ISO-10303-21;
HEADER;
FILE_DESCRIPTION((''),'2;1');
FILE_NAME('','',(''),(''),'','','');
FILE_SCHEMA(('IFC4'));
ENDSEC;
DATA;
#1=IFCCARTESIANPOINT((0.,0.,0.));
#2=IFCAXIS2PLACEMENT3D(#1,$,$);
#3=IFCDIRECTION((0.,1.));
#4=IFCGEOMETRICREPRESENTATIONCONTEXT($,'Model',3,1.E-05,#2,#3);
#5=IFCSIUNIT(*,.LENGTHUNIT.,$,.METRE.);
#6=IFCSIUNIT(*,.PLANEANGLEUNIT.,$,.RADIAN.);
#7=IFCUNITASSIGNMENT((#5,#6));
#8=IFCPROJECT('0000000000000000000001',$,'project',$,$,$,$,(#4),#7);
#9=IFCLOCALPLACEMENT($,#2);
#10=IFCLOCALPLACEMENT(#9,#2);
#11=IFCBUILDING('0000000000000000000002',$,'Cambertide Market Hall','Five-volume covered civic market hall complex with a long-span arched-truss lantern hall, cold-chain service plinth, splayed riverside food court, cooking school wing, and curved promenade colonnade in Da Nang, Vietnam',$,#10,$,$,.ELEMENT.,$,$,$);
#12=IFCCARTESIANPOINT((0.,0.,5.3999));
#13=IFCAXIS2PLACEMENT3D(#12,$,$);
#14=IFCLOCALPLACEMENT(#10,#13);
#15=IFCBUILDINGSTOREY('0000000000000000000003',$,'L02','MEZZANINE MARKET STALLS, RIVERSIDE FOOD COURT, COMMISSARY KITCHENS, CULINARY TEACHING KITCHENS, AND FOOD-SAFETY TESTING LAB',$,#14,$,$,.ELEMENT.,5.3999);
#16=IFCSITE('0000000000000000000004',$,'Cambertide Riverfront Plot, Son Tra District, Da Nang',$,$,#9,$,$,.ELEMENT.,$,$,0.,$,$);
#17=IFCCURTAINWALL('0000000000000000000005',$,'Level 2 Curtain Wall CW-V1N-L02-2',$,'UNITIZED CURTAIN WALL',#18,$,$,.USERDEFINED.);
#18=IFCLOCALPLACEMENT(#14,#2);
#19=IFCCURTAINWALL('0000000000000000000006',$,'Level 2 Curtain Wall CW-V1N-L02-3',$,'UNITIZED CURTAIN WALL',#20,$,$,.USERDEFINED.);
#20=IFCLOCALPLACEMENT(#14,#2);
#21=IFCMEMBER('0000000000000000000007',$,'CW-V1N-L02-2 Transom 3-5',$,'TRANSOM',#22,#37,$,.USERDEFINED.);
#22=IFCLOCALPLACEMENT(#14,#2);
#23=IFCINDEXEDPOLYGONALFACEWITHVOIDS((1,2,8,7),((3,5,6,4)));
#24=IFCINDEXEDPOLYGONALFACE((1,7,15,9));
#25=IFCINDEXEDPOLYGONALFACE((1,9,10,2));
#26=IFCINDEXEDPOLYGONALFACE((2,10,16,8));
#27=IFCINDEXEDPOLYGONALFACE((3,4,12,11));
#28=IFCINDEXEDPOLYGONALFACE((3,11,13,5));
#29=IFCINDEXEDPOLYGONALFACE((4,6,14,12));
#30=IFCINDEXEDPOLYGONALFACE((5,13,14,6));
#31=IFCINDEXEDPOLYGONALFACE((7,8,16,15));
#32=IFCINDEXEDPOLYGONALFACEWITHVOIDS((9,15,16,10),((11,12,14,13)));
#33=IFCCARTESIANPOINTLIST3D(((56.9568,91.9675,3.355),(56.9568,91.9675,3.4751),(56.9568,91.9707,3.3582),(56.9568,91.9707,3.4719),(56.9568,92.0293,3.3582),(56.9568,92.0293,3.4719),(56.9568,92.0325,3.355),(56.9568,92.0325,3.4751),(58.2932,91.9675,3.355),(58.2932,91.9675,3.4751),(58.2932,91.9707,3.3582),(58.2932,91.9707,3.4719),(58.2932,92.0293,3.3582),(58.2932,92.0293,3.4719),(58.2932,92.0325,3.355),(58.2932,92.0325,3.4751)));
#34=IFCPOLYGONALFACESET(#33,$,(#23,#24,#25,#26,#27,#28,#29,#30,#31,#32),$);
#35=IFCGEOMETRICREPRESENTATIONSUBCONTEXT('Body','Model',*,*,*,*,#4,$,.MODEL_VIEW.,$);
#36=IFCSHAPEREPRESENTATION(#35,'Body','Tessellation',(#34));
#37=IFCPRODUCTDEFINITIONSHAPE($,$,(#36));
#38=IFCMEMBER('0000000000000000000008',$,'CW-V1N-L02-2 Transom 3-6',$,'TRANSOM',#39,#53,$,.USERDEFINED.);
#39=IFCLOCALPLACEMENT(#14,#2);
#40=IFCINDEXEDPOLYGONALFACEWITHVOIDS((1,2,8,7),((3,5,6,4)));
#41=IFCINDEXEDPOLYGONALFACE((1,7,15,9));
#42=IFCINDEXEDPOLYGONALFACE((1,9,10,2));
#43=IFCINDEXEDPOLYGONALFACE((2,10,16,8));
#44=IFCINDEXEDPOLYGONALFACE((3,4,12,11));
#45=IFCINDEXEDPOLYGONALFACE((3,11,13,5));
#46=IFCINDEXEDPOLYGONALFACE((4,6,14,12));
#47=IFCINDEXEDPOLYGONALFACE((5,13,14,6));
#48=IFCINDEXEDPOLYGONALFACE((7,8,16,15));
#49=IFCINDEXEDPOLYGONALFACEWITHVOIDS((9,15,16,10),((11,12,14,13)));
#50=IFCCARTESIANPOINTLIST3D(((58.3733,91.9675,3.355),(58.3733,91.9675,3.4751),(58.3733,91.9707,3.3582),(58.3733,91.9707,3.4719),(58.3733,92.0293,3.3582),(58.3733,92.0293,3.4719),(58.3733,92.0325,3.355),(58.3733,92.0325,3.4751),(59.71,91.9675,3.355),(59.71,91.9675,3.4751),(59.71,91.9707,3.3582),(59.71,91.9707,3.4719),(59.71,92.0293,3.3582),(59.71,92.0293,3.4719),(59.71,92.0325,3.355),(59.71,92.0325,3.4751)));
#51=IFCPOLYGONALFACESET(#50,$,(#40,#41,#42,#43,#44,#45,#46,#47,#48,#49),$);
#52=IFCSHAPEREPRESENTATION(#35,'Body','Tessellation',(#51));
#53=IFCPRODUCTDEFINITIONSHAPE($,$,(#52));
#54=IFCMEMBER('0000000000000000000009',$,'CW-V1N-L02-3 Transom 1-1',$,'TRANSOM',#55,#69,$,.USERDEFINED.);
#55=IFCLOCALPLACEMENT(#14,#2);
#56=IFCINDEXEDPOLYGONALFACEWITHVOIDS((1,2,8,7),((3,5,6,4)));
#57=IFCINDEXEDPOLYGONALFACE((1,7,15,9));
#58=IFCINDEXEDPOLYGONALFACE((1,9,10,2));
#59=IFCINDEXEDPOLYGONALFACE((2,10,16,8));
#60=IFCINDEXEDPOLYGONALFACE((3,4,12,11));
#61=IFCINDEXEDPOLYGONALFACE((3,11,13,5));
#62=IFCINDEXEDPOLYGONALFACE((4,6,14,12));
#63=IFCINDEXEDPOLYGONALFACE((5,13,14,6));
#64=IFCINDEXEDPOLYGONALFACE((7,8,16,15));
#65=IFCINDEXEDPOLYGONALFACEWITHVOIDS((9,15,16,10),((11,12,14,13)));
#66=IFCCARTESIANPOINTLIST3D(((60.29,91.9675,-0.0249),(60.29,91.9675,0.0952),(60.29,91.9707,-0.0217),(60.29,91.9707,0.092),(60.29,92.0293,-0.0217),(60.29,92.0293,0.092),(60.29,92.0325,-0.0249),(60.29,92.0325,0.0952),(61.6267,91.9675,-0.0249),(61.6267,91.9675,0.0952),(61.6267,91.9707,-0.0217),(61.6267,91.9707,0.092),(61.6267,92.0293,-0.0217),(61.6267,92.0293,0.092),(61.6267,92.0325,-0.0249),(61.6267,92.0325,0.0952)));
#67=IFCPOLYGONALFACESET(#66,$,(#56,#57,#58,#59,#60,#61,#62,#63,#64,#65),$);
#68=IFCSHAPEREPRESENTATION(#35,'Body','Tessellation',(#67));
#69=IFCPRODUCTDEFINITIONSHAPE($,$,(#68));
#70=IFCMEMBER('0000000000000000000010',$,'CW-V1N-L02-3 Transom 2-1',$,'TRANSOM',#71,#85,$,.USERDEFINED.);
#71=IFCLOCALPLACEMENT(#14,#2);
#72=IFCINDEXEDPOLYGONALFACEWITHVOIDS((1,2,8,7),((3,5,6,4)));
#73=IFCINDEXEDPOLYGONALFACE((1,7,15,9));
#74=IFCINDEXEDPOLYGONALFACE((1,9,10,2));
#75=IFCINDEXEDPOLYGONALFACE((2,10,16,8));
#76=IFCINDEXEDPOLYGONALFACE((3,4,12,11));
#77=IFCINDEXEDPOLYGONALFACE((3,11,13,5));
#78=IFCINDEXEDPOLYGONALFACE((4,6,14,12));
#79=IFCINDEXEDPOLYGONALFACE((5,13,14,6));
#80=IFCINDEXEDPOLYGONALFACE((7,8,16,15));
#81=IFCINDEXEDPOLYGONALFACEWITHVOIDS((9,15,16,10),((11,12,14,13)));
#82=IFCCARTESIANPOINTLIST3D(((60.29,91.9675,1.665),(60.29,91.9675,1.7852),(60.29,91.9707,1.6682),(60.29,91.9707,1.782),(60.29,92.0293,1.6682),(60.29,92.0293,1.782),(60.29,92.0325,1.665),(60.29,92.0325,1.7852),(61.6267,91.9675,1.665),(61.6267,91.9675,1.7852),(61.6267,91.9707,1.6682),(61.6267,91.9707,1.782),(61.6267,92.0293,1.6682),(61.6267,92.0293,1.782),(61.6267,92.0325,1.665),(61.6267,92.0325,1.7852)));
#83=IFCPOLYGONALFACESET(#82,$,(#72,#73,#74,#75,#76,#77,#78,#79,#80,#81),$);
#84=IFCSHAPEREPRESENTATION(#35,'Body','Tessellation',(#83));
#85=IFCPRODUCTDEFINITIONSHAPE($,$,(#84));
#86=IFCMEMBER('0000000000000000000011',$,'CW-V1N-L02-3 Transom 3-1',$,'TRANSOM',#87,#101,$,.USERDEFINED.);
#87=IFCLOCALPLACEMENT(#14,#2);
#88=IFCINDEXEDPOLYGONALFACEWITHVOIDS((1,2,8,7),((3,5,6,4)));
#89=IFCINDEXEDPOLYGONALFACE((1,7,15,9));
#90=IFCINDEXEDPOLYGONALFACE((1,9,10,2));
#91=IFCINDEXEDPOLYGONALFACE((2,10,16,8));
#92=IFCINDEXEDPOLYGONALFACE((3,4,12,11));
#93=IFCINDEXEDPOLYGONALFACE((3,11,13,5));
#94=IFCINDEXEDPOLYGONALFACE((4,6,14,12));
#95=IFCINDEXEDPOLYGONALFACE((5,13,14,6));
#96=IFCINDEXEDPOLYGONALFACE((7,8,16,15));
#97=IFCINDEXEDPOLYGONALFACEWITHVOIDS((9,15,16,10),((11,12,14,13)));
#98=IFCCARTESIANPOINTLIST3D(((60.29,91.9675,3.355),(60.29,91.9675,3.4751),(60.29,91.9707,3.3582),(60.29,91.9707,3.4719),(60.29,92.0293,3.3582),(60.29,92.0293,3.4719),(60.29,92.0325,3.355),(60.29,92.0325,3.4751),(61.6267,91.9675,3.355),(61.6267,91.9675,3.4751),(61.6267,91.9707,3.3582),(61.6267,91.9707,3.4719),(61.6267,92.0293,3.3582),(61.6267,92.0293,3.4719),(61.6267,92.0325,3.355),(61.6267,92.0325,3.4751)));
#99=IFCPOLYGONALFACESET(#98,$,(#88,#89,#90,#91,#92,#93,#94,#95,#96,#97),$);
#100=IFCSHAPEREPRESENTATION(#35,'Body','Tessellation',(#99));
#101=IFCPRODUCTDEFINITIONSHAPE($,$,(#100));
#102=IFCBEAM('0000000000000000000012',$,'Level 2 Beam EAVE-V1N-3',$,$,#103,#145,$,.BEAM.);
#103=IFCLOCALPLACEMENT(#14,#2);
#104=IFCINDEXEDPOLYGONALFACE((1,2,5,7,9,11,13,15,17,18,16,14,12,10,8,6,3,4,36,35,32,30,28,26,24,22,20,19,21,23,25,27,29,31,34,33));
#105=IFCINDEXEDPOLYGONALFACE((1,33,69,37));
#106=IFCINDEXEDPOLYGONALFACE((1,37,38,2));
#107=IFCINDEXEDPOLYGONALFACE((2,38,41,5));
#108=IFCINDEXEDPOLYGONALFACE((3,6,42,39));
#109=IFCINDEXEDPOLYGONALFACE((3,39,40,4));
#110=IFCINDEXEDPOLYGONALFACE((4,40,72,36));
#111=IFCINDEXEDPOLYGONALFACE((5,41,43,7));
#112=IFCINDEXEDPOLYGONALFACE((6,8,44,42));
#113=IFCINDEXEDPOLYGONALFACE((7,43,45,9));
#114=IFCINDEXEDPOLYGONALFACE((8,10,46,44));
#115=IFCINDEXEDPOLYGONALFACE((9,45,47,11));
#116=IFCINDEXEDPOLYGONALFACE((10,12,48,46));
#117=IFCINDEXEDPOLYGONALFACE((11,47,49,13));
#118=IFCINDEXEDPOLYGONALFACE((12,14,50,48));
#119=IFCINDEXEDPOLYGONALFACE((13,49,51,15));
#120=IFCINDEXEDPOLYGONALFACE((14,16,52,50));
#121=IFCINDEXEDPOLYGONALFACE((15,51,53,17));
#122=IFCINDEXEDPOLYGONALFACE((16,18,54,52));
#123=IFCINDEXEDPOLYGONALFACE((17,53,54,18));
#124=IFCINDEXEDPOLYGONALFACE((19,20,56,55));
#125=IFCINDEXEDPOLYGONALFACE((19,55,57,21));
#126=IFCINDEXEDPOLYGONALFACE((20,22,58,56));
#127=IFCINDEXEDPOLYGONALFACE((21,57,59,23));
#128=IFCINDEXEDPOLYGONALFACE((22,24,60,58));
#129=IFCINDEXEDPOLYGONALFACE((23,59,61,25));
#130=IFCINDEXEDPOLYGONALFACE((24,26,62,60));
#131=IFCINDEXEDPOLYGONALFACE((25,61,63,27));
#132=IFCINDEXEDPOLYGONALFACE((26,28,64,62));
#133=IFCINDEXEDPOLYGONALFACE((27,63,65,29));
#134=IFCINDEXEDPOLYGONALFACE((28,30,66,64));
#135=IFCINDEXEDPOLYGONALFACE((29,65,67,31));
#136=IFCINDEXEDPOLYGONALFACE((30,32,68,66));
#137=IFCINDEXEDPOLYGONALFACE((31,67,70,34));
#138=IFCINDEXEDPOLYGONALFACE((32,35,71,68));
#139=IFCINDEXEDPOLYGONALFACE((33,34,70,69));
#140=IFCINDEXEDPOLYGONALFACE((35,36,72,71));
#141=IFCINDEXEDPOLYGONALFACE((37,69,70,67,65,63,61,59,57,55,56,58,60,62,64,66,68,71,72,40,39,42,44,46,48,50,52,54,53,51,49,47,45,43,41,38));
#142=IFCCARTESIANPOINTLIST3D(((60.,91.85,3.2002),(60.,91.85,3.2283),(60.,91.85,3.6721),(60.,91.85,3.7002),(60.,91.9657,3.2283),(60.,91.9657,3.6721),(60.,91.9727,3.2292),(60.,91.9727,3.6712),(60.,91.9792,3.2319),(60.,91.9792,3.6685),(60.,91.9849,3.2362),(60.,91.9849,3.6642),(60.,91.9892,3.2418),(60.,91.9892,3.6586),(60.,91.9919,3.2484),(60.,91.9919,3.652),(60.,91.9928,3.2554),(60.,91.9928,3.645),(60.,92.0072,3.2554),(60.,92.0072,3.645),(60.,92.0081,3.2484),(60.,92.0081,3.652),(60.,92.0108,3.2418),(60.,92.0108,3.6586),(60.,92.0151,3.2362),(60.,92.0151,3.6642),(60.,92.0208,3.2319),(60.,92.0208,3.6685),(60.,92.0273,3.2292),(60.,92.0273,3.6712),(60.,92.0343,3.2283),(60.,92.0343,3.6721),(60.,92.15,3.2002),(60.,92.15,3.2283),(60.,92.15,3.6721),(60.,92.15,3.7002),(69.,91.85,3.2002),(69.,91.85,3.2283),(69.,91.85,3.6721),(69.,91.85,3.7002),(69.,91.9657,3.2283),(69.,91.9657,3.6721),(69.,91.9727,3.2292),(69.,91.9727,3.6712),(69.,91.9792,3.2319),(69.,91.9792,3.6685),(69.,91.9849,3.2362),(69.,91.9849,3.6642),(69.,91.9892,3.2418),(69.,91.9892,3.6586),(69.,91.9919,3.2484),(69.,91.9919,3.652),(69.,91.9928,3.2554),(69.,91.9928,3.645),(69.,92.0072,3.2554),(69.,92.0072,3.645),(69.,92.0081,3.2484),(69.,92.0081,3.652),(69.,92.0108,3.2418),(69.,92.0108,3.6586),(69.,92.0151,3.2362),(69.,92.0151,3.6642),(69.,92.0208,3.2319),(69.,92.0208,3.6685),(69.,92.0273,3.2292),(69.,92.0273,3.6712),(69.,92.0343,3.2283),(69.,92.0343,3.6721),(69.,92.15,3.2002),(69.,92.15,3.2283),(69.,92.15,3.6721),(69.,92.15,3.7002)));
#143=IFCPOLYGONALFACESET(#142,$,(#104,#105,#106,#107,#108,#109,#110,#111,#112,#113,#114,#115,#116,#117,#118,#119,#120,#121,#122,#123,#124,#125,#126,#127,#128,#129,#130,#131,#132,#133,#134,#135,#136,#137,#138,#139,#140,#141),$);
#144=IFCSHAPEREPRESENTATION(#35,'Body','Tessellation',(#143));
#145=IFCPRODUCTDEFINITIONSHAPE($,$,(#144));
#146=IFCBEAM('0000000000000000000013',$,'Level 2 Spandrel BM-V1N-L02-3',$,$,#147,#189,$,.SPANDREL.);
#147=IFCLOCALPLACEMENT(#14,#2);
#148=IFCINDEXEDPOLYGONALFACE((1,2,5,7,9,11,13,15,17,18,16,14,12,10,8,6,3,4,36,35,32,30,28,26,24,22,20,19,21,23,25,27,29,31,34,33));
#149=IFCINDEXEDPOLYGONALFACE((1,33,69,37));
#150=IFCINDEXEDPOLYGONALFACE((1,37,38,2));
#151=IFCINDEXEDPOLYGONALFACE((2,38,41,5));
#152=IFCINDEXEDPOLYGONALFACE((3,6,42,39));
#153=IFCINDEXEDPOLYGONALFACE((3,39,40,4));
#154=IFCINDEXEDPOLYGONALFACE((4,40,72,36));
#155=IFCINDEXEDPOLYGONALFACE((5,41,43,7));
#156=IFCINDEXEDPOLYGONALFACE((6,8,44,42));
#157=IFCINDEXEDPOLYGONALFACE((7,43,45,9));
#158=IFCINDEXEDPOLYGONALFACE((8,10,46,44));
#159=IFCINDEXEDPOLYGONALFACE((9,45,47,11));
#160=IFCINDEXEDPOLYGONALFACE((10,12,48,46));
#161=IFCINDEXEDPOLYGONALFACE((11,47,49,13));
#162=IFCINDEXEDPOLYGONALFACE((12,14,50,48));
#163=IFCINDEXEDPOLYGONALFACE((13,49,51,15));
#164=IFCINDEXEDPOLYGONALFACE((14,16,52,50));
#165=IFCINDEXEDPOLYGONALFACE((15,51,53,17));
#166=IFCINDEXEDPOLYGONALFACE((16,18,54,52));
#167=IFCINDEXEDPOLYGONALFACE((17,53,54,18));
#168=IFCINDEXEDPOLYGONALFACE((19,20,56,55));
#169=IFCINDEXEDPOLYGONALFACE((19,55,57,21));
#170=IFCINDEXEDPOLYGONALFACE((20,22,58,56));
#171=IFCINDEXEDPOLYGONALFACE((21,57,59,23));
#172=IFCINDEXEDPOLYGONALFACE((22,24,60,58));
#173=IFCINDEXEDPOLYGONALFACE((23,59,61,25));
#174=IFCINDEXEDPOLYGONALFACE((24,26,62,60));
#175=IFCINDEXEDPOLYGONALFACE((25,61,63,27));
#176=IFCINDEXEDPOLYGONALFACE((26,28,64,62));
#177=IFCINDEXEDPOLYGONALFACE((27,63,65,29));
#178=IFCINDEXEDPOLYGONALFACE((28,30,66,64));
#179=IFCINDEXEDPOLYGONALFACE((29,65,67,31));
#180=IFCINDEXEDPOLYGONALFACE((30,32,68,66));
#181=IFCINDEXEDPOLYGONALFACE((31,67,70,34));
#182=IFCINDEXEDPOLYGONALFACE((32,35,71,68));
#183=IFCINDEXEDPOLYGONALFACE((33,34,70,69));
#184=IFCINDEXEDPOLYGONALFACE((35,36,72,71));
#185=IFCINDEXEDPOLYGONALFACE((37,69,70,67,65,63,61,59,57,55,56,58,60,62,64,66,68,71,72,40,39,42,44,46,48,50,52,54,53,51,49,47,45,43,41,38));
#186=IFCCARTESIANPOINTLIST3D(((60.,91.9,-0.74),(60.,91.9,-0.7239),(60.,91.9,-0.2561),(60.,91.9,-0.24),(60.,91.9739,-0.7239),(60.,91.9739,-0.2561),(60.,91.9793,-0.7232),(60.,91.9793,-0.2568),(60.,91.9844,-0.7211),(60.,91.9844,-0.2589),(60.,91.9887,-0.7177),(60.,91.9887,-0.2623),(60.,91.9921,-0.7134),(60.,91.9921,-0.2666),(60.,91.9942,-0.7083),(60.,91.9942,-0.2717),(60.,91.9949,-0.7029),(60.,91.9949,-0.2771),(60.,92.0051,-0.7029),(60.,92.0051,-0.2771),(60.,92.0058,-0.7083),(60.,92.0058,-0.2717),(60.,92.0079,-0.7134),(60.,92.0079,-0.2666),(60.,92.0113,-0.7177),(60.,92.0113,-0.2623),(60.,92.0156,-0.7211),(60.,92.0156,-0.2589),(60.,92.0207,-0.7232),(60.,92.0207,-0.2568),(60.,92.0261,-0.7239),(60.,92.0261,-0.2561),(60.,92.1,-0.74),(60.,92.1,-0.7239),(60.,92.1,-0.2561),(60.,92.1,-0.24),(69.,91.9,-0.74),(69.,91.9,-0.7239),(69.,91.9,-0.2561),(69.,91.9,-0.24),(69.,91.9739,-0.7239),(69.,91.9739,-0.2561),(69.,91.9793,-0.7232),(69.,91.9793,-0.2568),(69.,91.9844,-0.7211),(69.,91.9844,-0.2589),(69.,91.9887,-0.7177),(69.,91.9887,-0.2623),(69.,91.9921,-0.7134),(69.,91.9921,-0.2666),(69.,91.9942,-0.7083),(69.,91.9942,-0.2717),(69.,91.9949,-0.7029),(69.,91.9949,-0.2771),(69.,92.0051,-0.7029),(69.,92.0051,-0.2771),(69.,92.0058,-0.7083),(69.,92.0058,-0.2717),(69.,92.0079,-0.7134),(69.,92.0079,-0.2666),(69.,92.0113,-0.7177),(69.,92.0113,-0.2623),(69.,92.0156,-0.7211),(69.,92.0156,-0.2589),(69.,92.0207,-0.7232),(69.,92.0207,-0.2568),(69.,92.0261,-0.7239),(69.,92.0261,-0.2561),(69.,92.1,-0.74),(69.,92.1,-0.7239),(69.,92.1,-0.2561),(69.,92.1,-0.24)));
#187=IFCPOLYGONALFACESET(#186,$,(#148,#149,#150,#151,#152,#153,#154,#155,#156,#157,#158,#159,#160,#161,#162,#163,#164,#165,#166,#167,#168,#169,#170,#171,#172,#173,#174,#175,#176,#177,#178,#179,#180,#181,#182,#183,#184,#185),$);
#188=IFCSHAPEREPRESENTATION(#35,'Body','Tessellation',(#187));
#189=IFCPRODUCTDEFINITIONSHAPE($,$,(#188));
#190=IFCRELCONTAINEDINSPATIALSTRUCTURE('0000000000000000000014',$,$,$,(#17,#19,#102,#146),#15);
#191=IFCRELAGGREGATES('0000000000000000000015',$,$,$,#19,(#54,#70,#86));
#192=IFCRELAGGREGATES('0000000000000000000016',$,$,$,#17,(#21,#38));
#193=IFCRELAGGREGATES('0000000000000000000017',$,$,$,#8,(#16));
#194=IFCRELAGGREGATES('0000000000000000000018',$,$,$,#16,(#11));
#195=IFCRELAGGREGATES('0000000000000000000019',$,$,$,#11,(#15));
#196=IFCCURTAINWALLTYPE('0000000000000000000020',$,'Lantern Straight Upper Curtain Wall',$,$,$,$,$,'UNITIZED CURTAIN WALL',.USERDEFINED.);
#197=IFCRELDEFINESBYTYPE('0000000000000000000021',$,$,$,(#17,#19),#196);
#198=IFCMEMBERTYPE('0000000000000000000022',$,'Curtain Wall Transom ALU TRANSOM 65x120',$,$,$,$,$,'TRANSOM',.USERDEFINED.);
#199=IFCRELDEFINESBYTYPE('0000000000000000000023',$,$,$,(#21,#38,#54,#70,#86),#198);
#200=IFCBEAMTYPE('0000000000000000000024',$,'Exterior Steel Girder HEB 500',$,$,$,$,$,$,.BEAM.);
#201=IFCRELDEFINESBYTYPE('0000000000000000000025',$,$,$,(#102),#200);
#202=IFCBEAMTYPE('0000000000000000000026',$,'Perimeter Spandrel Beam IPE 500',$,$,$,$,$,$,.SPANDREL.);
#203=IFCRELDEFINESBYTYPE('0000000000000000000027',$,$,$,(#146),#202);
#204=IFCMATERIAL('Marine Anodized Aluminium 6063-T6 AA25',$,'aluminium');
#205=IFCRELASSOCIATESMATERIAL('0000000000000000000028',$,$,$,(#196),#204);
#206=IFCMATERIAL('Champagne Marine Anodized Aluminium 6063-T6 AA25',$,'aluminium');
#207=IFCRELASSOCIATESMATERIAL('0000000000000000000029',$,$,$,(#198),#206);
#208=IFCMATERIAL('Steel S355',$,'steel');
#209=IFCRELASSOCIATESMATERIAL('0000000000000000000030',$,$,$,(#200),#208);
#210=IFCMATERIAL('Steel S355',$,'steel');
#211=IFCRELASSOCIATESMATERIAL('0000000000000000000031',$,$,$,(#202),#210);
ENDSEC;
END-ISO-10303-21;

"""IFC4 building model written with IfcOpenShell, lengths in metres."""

from ifc_helpers import new_model, si_unit, direction, frame, origin, origin_2d, place, context, subcontext, project, spatial, hollow_rectangle, i_section, extrude, material, material_profile, profile_set, type_object, element, aggregate, save


model = new_model("IFC4")

# Units and contexts
model_context = context("Model", 3, precision=1e-05, world=origin(), true_north=direction((0.0, 1.0)))
body_context = subcontext(model_context, "Body", "Model", "MODEL_VIEW")
ifc_project = project(units=[si_unit("LENGTHUNIT", "METRE"), si_unit("PLANEANGLEUNIT", "RADIAN")], contexts=[model_context])

# Site, building, storey
site_placement = place(None, origin())
site = spatial("IfcSite", under=ifc_project, at=site_placement, Name="Cambertide Riverfront Plot, Son Tra District, Da Nang", CompositionType="ELEMENT", RefElevation=0.0)
building_placement = place(site_placement, origin())
building = spatial("IfcBuilding", under=site, at=building_placement, Name="Cambertide Market Hall", Description="Five-volume covered civic market hall complex with a long-span arched-truss lantern hall, cold-chain service plinth, splayed riverside food court, cooking school wing, and curved promenade colonnade in Da Nang, Vietnam", CompositionType="ELEMENT")
storey_placement = place(building_placement, frame((0.0, 0.0, 5.3999)))
storey = spatial("IfcBuildingStorey", under=building, at=storey_placement, Name="L02", Description="MEZZANINE MARKET STALLS, RIVERSIDE FOOD COURT, COMMISSARY KITCHENS, CULINARY TEACHING KITCHENS, AND FOOD-SAFETY TESTING LAB", CompositionType="ELEMENT", Elevation=5.3999)

# Curtain wall
ifc_material_1 = material(Name="Marine Anodized Aluminium 6063-T6 AA25", Category="aluminium")
curtain_wall_type = type_object("IfcCurtainWallType", Name="Lantern Straight Upper Curtain Wall", ElementType="UNITIZED CURTAIN WALL", PredefinedType="USERDEFINED", material=ifc_material_1)
curtain_wall_1_placement = place(storey_placement, origin())
curtain_wall_1 = element("IfcCurtainWall", 1, at=curtain_wall_1_placement, inside=storey, type_object=curtain_wall_type, Name="Level 2 Curtain Wall CW-V1N-L02-2", ObjectType="UNITIZED CURTAIN WALL", PredefinedType="USERDEFINED")

# Curtain wall
curtain_wall_2_placement = place(storey_placement, origin())
curtain_wall_2 = element("IfcCurtainWall", 2, at=curtain_wall_2_placement, inside=storey, type_object=curtain_wall_type, Name="Level 2 Curtain Wall CW-V1N-L02-3", ObjectType="UNITIZED CURTAIN WALL", PredefinedType="USERDEFINED")

# Members
ifc_material_2 = material(Name="Champagne Marine Anodized Aluminium 6063-T6 AA25", Category="aluminium")
ifc_material_profile_1 = material_profile(ifc_material_2, hollow_rectangle(XDim=0.0649, YDim=0.1201, WallThickness=0.0032, at=origin_2d()), Name="ALU TRANSOM 65x120")
ifc_profile_set_1 = profile_set([ifc_material_profile_1], Name="Champagne Marine Anodized Aluminium 6063-T6 AA25")
member_type_1 = type_object("IfcMemberType", Name="Curtain Wall Transom ALU TRANSOM 65x120", ElementType="TRANSOM", PredefinedType="USERDEFINED", material=ifc_profile_set_1)
member_1_placement = place(storey_placement, frame((56.9568, 92.0, 3.415), z_axis=(1.0, 0.0, 0.0), x_axis=(0.0, 1.0, 0.0)))
member_1 = element("IfcMember", 3, at=member_1_placement, type_object=member_type_1, Name="CW-V1N-L02-2 Transom 3-5", ObjectType="TRANSOM", PredefinedType="USERDEFINED", context=body_context, shape_type="SweptSolid", body=[
    extrude(hollow_rectangle(XDim=0.0649, YDim=0.1201, WallThickness=0.0032, at=origin_2d()), origin(), (0.0, 0.0, 1.0), 1.3364),
])
member_2_placement = place(storey_placement, frame((58.3733, 92.0, 3.415), z_axis=(1.0, 0.0, 0.0), x_axis=(0.0, 1.0, 0.0)))
member_2 = element("IfcMember", 4, at=member_2_placement, type_object=member_type_1, Name="CW-V1N-L02-2 Transom 3-6", ObjectType="TRANSOM", PredefinedType="USERDEFINED", context=body_context, shape_type="SweptSolid", body=[
    extrude(hollow_rectangle(XDim=0.0649, YDim=0.1201, WallThickness=0.0032, at=origin_2d()), origin(), (0.0, 0.0, 1.0), 1.3367),
])
member_3_placement = place(storey_placement, frame((60.29, 92.0, 0.0352), z_axis=(1.0, 0.0, 0.0), x_axis=(0.0, 1.0, 0.0)))
member_3 = element("IfcMember", 5, at=member_3_placement, type_object=member_type_1, Name="CW-V1N-L02-3 Transom 1-1", ObjectType="TRANSOM", PredefinedType="USERDEFINED", context=body_context, shape_type="SweptSolid", body=[
    extrude(hollow_rectangle(XDim=0.0649, YDim=0.1201, WallThickness=0.0032, at=origin_2d()), origin(), (0.0, 0.0, 1.0), 1.3367),
])
member_4_placement = place(storey_placement, frame((60.29, 92.0, 1.7251), z_axis=(1.0, 0.0, 0.0), x_axis=(0.0, 1.0, 0.0)))
member_4 = element("IfcMember", 6, at=member_4_placement, type_object=member_type_1, Name="CW-V1N-L02-3 Transom 2-1", ObjectType="TRANSOM", PredefinedType="USERDEFINED", context=body_context, shape_type="SweptSolid", body=[
    extrude(hollow_rectangle(XDim=0.0649, YDim=0.1201, WallThickness=0.0032, at=origin_2d()), origin(), (0.0, 0.0, 1.0), 1.3367),
])
member_5_placement = place(storey_placement, frame((60.29, 92.0, 3.415), z_axis=(1.0, 0.0, 0.0), x_axis=(0.0, 1.0, 0.0)))
member_5 = element("IfcMember", 7, at=member_5_placement, type_object=member_type_1, Name="CW-V1N-L02-3 Transom 3-1", ObjectType="TRANSOM", PredefinedType="USERDEFINED", context=body_context, shape_type="SweptSolid", body=[
    extrude(hollow_rectangle(XDim=0.0649, YDim=0.1201, WallThickness=0.0032, at=origin_2d()), origin(), (0.0, 0.0, 1.0), 1.3367),
])
aggregate(curtain_wall_2, [member_3, member_4, member_5])

# Beams
ifc_material_3 = material(Name="Steel S355", Category="steel")
ifc_material_profile_2 = material_profile(ifc_material_3, i_section(OverallWidth=0.3, OverallDepth=0.5, WebThickness=0.0144, FlangeThickness=0.0281, FilletRadius=0.0271, at=origin_2d()), Name="HEB 500")
ifc_profile_set_2 = profile_set([ifc_material_profile_2], Name="Steel S355")
beam_type_1 = type_object("IfcBeamType", Name="Exterior Steel Girder HEB 500", PredefinedType="BEAM", material=ifc_profile_set_2)
beam_1_placement = place(storey_placement, frame((60.0, 92.0, 3.4502), z_axis=(1.0, 0.0, 0.0), x_axis=(0.0, 1.0, 0.0)))
element("IfcBeam", 8, at=beam_1_placement, inside=storey, type_object=beam_type_1, Name="Level 2 Beam EAVE-V1N-3", PredefinedType="BEAM", context=body_context, shape_type="SweptSolid", body=[
    extrude(i_section(OverallWidth=0.3, OverallDepth=0.5, WebThickness=0.0144, FlangeThickness=0.0281, FilletRadius=0.0271, at=origin_2d()), origin(), (0.0, 0.0, 1.0), 9.0),
])
ifc_material_4 = material(Name="Steel S355", Category="steel")
ifc_material_profile_3 = material_profile(ifc_material_4, i_section(OverallWidth=0.2, OverallDepth=0.5, WebThickness=0.0103, FlangeThickness=0.0161, FilletRadius=0.021, at=origin_2d()), Name="IPE 500")
ifc_profile_set_3 = profile_set([ifc_material_profile_3], Name="Steel S355")
beam_type_2 = type_object("IfcBeamType", Name="Perimeter Spandrel Beam IPE 500", PredefinedType="SPANDREL", material=ifc_profile_set_3)
beam_2_placement = place(storey_placement, frame((60.0, 92.0, -0.49), z_axis=(1.0, 0.0, 0.0), x_axis=(0.0, 1.0, 0.0)))
element("IfcBeam", 9, at=beam_2_placement, inside=storey, type_object=beam_type_2, Name="Level 2 Spandrel BM-V1N-L02-3", PredefinedType="SPANDREL", context=body_context, shape_type="SweptSolid", body=[
    extrude(i_section(OverallWidth=0.2, OverallDepth=0.5, WebThickness=0.0103, FlangeThickness=0.0161, FilletRadius=0.021, at=origin_2d()), origin(), (0.0, 0.0, 1.0), 9.0),
])

aggregate(curtain_wall_1, [member_1, member_2])

save(model, "model.ifc")
